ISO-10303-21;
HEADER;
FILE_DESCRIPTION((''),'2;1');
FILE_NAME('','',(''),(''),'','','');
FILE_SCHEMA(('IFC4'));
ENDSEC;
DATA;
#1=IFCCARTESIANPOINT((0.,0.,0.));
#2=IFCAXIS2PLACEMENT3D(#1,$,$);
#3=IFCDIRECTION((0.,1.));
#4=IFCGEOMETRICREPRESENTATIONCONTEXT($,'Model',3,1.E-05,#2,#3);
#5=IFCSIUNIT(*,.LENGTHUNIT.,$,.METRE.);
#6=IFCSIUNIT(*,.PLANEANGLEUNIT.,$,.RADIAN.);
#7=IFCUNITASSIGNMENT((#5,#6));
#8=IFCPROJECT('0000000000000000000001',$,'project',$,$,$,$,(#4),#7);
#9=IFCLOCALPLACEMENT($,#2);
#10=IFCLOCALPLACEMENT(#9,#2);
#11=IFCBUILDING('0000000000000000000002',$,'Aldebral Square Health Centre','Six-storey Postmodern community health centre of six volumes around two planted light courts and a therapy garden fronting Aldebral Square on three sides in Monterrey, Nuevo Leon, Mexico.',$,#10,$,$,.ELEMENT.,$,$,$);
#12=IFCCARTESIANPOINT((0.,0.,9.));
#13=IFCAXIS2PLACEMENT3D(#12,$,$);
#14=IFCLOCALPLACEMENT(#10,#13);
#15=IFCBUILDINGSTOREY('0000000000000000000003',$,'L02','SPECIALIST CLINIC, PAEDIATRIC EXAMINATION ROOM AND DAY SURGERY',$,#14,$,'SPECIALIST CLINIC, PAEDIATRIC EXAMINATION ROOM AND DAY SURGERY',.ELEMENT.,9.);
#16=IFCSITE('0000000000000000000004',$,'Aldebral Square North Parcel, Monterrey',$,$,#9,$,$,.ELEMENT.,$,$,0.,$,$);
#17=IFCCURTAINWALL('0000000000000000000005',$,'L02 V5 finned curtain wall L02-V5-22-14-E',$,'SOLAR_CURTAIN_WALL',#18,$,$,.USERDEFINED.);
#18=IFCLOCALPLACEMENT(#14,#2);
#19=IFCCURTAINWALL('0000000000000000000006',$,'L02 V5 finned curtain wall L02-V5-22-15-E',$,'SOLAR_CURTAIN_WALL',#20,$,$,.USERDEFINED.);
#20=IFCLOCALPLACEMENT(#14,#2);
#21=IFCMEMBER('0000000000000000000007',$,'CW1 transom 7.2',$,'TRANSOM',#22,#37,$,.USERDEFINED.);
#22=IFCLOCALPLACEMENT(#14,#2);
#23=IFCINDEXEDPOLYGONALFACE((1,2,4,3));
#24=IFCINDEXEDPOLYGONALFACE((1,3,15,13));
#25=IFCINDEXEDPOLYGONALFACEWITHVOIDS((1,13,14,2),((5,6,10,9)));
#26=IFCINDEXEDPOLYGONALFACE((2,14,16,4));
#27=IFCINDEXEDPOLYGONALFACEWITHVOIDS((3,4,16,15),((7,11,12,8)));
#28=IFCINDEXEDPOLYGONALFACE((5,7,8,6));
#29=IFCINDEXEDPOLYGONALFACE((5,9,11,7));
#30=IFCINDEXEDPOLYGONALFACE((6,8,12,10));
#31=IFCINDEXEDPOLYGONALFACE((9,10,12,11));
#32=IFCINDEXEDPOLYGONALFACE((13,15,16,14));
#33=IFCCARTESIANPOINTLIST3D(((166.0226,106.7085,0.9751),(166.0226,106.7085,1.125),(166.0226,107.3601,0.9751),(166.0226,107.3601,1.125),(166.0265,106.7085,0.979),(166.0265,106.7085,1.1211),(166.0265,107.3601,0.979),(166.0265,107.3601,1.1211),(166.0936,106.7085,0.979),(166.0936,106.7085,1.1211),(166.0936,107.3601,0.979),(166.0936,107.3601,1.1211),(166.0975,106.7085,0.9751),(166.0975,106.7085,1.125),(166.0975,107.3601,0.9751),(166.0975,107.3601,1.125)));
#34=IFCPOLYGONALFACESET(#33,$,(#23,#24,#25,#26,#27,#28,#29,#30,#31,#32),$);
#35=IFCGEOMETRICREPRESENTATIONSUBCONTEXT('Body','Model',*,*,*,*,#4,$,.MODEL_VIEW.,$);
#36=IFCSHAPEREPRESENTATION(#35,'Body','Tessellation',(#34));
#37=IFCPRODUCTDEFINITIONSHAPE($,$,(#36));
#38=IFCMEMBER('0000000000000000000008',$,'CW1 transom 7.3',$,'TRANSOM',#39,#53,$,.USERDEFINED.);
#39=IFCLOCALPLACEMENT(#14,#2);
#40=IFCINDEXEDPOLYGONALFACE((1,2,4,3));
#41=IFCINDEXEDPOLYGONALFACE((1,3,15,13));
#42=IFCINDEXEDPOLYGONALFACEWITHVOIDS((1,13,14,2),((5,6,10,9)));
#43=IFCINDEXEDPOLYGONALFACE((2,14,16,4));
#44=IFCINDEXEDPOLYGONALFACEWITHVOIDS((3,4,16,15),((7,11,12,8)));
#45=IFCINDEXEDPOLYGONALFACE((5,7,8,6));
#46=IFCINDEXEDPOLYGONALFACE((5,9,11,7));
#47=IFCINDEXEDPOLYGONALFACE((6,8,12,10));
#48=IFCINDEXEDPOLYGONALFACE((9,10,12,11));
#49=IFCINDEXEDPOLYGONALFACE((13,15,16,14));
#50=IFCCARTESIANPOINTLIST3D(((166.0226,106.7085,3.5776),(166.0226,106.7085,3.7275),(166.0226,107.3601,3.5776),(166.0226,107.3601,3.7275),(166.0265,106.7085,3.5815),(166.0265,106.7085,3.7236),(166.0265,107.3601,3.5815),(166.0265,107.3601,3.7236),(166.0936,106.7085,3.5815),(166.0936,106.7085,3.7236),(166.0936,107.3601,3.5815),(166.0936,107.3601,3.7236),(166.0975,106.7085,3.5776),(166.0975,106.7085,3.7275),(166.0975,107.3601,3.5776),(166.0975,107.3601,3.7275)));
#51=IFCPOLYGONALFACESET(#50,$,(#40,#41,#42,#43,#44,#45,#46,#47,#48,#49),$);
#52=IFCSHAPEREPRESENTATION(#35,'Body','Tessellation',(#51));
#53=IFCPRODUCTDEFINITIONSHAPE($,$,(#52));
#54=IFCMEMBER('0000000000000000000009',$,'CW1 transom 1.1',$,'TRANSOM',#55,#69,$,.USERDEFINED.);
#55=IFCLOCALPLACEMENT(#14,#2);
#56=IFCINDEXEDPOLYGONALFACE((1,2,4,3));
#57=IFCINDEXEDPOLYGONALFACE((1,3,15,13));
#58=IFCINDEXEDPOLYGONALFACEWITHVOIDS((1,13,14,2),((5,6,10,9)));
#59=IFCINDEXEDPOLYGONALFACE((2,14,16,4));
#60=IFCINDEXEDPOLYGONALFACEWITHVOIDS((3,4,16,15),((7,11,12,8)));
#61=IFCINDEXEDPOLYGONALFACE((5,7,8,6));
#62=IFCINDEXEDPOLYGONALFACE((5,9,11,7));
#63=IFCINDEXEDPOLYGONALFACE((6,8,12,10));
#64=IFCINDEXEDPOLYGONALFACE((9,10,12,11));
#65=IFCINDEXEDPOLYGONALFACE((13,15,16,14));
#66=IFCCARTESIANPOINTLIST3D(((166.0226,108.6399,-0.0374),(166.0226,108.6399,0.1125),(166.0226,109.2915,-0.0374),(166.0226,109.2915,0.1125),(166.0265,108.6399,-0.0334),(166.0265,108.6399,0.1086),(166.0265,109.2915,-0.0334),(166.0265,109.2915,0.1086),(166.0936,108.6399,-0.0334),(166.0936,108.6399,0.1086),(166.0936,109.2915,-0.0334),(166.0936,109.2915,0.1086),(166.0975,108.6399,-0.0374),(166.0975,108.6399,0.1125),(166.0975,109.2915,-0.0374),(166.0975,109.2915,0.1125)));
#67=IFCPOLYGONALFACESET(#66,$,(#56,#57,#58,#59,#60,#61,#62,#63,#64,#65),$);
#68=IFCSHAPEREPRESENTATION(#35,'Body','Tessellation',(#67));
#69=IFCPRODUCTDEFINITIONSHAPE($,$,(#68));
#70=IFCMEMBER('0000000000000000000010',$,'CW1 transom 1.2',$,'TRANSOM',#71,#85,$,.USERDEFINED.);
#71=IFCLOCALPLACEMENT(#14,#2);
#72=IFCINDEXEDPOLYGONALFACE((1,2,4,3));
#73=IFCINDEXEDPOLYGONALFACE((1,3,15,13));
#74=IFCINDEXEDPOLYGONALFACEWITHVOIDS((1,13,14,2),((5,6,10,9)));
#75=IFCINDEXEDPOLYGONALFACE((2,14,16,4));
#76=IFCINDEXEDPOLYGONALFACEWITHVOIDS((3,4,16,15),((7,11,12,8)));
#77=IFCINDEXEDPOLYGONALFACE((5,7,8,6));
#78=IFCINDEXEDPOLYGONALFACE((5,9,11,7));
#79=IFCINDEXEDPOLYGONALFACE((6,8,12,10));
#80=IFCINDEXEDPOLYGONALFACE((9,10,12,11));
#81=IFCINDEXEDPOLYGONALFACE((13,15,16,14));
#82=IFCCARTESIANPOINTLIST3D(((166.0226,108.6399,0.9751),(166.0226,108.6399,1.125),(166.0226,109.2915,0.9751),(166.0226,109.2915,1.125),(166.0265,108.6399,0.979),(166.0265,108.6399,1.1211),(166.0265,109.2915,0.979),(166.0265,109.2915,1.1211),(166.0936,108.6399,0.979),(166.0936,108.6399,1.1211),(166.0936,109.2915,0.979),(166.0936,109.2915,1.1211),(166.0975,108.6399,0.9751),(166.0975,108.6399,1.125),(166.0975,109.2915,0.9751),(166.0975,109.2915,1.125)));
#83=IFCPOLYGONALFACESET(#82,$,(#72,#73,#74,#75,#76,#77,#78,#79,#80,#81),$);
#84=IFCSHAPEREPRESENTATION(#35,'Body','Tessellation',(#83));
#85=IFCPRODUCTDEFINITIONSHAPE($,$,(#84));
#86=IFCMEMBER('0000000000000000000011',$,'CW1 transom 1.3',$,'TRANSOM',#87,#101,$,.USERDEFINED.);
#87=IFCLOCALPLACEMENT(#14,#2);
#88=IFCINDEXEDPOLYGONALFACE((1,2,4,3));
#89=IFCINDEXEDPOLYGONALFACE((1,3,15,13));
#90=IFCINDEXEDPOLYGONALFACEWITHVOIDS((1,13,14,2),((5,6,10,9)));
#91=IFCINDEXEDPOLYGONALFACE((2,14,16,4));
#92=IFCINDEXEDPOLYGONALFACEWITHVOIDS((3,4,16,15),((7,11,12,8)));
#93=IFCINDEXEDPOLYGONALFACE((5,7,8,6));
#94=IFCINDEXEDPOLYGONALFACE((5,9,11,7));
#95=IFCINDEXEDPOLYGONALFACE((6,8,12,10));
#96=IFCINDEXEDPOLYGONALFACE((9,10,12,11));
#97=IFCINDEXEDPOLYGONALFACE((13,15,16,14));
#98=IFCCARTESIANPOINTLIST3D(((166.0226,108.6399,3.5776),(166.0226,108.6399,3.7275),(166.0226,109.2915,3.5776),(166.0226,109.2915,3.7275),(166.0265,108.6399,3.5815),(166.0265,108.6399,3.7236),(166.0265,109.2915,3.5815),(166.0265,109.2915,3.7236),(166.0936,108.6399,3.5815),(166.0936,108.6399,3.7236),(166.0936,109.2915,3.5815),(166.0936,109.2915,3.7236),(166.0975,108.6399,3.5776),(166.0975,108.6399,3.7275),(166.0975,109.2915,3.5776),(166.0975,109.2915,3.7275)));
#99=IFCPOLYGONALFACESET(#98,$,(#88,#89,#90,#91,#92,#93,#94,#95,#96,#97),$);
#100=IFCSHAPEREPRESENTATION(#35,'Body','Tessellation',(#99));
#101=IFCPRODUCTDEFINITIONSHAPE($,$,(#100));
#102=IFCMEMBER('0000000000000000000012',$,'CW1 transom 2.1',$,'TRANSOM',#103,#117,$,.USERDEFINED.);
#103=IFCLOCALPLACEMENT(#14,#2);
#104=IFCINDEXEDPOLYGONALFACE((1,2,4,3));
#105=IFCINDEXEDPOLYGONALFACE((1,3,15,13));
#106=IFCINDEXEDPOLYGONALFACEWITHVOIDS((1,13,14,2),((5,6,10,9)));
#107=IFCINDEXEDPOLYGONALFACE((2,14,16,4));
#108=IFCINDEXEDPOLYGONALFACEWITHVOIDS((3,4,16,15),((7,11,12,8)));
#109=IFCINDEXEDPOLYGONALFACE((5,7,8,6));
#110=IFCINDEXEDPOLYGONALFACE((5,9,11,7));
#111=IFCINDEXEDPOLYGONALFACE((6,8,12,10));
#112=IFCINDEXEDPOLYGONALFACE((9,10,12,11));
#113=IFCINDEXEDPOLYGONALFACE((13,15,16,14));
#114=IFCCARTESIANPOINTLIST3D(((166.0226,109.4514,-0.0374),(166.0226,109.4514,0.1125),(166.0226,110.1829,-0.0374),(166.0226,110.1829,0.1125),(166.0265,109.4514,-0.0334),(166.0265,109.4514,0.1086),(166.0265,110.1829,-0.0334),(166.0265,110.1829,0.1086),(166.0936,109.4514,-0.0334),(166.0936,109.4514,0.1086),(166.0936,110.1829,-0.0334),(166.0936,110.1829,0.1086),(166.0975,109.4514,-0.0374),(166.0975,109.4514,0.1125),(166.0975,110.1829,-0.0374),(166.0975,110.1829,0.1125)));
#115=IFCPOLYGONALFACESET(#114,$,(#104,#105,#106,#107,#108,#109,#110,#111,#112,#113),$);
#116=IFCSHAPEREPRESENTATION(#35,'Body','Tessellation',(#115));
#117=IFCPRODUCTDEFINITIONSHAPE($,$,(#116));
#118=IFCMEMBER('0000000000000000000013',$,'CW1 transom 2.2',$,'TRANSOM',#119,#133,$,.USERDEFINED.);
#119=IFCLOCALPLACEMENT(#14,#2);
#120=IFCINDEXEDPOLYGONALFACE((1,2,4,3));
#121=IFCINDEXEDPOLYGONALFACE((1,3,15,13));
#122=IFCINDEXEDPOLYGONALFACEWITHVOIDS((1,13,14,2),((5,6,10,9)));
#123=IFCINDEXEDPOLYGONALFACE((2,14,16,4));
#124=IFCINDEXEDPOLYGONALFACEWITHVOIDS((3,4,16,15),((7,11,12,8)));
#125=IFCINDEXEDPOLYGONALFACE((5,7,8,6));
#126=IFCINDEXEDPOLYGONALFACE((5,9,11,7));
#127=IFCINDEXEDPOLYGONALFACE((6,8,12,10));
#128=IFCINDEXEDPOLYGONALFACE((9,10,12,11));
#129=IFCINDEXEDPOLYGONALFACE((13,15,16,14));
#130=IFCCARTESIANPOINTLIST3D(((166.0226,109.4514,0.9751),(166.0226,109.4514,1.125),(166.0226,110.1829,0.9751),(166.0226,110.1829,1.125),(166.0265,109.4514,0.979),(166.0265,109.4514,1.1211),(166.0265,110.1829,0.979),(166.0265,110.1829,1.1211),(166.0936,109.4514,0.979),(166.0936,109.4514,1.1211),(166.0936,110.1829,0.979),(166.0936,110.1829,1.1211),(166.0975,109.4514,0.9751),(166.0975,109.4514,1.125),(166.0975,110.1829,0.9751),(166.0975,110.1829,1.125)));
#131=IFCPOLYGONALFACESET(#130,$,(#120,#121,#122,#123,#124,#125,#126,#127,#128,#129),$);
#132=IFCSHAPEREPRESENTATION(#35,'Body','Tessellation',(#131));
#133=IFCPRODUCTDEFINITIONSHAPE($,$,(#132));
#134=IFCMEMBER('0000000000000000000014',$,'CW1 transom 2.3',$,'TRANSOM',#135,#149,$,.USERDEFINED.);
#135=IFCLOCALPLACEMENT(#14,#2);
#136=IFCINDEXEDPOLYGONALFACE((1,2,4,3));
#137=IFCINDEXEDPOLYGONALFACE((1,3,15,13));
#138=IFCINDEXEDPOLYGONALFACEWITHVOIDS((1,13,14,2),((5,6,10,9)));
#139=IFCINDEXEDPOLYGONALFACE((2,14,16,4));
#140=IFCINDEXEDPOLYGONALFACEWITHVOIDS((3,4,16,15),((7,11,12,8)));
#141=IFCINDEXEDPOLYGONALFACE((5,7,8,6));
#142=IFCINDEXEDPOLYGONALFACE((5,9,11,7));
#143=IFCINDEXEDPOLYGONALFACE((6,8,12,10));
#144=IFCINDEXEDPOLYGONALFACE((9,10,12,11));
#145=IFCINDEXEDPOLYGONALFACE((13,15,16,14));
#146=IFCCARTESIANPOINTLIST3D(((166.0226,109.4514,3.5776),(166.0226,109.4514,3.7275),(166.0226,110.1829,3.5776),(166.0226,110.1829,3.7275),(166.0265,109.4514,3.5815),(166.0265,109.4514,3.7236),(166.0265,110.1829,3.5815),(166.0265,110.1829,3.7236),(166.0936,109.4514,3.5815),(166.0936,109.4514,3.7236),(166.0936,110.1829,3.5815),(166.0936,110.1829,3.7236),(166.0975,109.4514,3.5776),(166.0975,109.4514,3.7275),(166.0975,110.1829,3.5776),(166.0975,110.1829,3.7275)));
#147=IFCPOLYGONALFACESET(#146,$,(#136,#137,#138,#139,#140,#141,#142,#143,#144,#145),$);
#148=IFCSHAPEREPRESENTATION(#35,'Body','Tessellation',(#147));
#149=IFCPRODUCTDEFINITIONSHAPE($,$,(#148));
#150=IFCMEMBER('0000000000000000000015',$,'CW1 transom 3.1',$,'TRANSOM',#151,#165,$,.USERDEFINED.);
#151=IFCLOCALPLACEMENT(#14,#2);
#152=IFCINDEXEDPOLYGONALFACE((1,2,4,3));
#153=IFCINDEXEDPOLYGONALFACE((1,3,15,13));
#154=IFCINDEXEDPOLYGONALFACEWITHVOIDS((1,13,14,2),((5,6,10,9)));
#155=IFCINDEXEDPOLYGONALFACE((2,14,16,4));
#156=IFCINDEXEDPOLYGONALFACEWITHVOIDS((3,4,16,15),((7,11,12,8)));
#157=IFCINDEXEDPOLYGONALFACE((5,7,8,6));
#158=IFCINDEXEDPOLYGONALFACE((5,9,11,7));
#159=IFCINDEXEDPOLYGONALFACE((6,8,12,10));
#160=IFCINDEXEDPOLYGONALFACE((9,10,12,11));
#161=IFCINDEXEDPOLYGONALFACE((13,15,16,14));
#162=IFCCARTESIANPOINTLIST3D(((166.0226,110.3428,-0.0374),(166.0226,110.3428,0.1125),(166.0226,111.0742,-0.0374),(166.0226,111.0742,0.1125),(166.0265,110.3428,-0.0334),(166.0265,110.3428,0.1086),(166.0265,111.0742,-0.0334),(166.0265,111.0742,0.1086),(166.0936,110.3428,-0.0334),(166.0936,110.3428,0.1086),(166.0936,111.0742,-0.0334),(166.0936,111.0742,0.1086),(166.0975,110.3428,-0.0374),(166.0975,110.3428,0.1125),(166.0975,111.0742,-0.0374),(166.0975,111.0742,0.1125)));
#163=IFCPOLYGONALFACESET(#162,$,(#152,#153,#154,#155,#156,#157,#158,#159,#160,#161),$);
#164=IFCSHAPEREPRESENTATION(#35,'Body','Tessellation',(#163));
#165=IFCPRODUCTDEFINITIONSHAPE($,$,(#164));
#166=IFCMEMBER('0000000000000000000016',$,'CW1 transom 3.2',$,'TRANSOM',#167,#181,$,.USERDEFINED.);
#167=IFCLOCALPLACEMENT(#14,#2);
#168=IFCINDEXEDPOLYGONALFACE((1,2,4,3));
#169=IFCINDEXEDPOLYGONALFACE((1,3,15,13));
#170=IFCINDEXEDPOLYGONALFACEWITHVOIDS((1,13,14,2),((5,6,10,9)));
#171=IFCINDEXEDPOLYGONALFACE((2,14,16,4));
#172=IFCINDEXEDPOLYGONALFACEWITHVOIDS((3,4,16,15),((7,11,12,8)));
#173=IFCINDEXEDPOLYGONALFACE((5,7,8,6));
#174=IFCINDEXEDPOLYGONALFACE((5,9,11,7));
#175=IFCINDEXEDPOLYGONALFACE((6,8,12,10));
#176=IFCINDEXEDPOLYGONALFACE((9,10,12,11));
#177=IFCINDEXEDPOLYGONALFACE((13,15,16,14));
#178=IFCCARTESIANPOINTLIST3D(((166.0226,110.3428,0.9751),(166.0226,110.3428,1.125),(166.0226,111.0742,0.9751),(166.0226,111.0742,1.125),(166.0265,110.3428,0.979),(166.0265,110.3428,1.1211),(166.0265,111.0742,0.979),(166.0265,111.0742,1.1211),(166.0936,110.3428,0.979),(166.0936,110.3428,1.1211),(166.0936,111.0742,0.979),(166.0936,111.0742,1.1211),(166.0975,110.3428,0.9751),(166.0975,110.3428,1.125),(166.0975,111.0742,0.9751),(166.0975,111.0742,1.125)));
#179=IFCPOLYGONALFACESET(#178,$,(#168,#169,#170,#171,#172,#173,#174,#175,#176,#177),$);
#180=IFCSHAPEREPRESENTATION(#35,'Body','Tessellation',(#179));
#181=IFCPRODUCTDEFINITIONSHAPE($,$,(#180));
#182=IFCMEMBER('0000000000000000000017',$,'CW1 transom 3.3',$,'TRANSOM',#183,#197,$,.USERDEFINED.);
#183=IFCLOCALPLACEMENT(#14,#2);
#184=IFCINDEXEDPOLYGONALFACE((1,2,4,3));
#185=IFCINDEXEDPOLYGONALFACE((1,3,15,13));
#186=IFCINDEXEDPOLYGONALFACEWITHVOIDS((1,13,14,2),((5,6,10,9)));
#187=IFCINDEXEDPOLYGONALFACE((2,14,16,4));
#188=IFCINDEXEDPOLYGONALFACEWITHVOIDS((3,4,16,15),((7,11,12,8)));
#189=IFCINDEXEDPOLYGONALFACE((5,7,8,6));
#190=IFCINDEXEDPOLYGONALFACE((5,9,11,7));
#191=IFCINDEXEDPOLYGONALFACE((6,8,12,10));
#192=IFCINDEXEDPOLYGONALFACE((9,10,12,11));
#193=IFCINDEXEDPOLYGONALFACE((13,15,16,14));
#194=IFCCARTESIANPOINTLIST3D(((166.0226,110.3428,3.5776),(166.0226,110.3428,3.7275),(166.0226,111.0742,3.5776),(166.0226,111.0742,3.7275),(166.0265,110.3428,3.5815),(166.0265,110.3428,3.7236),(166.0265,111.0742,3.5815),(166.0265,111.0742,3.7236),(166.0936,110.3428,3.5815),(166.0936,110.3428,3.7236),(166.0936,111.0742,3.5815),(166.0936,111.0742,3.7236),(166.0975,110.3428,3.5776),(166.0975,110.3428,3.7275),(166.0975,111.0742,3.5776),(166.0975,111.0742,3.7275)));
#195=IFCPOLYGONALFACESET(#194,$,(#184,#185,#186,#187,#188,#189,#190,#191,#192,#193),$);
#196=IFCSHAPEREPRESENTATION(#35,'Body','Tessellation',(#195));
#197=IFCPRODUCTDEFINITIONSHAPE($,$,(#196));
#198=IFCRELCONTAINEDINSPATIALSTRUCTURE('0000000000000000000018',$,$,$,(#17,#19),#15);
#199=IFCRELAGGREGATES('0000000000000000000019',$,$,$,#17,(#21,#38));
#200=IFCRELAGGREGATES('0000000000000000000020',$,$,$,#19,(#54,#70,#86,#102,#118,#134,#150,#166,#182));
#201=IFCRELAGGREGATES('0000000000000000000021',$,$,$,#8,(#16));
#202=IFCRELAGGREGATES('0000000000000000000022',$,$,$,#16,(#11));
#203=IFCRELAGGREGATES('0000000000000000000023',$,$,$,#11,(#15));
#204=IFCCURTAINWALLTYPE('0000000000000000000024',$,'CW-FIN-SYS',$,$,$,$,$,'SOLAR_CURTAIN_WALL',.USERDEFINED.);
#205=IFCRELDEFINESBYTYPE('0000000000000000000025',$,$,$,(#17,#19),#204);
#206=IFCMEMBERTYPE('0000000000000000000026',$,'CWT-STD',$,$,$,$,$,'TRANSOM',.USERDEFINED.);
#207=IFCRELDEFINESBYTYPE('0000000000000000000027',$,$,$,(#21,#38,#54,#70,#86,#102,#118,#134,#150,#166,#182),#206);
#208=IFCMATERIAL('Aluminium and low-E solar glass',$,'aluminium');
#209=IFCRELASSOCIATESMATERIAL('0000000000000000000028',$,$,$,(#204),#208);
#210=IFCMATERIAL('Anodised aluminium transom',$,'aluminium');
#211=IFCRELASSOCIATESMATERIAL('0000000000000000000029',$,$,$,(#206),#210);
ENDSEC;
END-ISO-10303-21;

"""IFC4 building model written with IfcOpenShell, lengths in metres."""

from ifc_helpers import new_model, si_unit, direction, frame, origin, origin_2d, place, context, subcontext, project, spatial, hollow_rectangle, extrude, material, material_profile, profile_set, type_object, element, aggregate, save


model = new_model("IFC4")

# Units and contexts
model_context = context("Model", 3, precision=1e-05, world=origin(), true_north=direction((0.0, 1.0)))
body_context = subcontext(model_context, "Body", "Model", "MODEL_VIEW")
ifc_project = project(units=[si_unit("LENGTHUNIT", "METRE"), si_unit("PLANEANGLEUNIT", "RADIAN")], contexts=[model_context])

# Site, building, storey
site_placement = place(None, origin())
site = spatial("IfcSite", under=ifc_project, at=site_placement, Name="Aldebral Square North Parcel, Monterrey", CompositionType="ELEMENT", RefElevation=0.0)
building_placement = place(site_placement, origin())
building = spatial("IfcBuilding", under=site, at=building_placement, Name="Aldebral Square Health Centre", Description="Six-storey Postmodern community health centre of six volumes around two planted light courts and a therapy garden fronting Aldebral Square on three sides in Monterrey, Nuevo Leon, Mexico.", CompositionType="ELEMENT")
storey_placement = place(building_placement, frame((0.0, 0.0, 9.0)))
storey = spatial("IfcBuildingStorey", under=building, at=storey_placement, Name="L02", Description="SPECIALIST CLINIC, PAEDIATRIC EXAMINATION ROOM AND DAY SURGERY", LongName="SPECIALIST CLINIC, PAEDIATRIC EXAMINATION ROOM AND DAY SURGERY", CompositionType="ELEMENT", Elevation=9.0)

# Curtain wall
ifc_material_1 = material(Name="Aluminium and low-E solar glass", Category="aluminium")
curtain_wall_type = type_object("IfcCurtainWallType", Name="CW-FIN-SYS", ElementType="SOLAR_CURTAIN_WALL", PredefinedType="USERDEFINED", material=ifc_material_1)
curtain_wall_1_placement = place(storey_placement, origin())
curtain_wall_1 = element("IfcCurtainWall", 1, at=curtain_wall_1_placement, inside=storey, type_object=curtain_wall_type, Name="L02 V5 finned curtain wall L02-V5-22-14-E", ObjectType="SOLAR_CURTAIN_WALL", PredefinedType="USERDEFINED")

# Curtain wall
curtain_wall_2_placement = place(storey_placement, origin())
curtain_wall_2 = element("IfcCurtainWall", 2, at=curtain_wall_2_placement, inside=storey, type_object=curtain_wall_type, Name="L02 V5 finned curtain wall L02-V5-22-15-E", ObjectType="SOLAR_CURTAIN_WALL", PredefinedType="USERDEFINED")

# Members
ifc_material_2 = material(Name="Anodised aluminium transom", Category="aluminium")
ifc_material_profile_1 = material_profile(ifc_material_2, hollow_rectangle(XDim=0.075, YDim=0.1499, WallThickness=0.0039, at=origin_2d()), Name="CWT 75x150x4")
ifc_profile_set_1 = profile_set([ifc_material_profile_1], Name="Anodised aluminium transom")
member_type_1 = type_object("IfcMemberType", Name="CWT-STD", ElementType="TRANSOM", PredefinedType="USERDEFINED", material=ifc_profile_set_1)
member_1_placement = place(storey_placement, frame((166.0601, 106.7085, 1.05), z_axis=(0.0, 1.0, 0.0), x_axis=(-1.0, 0.0, 0.0)))
member_1 = element("IfcMember", 3, at=member_1_placement, type_object=member_type_1, Name="CW1 transom 7.2", ObjectType="TRANSOM", PredefinedType="USERDEFINED", context=body_context, shape_type="SweptSolid", body=[
    extrude(hollow_rectangle(XDim=0.075, YDim=0.1499, WallThickness=0.0039, at=origin_2d()), origin(), (0.0, 0.0, 1.0), 0.6516),
])
member_2_placement = place(storey_placement, frame((166.0601, 106.7085, 3.6526), z_axis=(0.0, 1.0, 0.0), x_axis=(-1.0, 0.0, 0.0)))
member_2 = element("IfcMember", 4, at=member_2_placement, type_object=member_type_1, Name="CW1 transom 7.3", ObjectType="TRANSOM", PredefinedType="USERDEFINED", context=body_context, shape_type="SweptSolid", body=[
    extrude(hollow_rectangle(XDim=0.075, YDim=0.1499, WallThickness=0.0039, at=origin_2d()), origin(), (0.0, 0.0, 1.0), 0.6516),
])
member_3_placement = place(storey_placement, frame((166.0601, 108.6399, 0.0376), z_axis=(0.0, 1.0, 0.0), x_axis=(-1.0, 0.0, 0.0)))
member_3 = element("IfcMember", 5, at=member_3_placement, type_object=member_type_1, Name="CW1 transom 1.1", ObjectType="TRANSOM", PredefinedType="USERDEFINED", context=body_context, shape_type="SweptSolid", body=[
    extrude(hollow_rectangle(XDim=0.075, YDim=0.1499, WallThickness=0.0039, at=origin_2d()), origin(), (0.0, 0.0, 1.0), 0.6516),
])
member_4_placement = place(storey_placement, frame((166.0601, 108.6399, 1.05), z_axis=(0.0, 1.0, 0.0), x_axis=(-1.0, 0.0, 0.0)))
member_4 = element("IfcMember", 6, at=member_4_placement, type_object=member_type_1, Name="CW1 transom 1.2", ObjectType="TRANSOM", PredefinedType="USERDEFINED", context=body_context, shape_type="SweptSolid", body=[
    extrude(hollow_rectangle(XDim=0.075, YDim=0.1499, WallThickness=0.0039, at=origin_2d()), origin(), (0.0, 0.0, 1.0), 0.6516),
])
member_5_placement = place(storey_placement, frame((166.0601, 108.6399, 3.6526), z_axis=(0.0, 1.0, 0.0), x_axis=(-1.0, 0.0, 0.0)))
member_5 = element("IfcMember", 7, at=member_5_placement, type_object=member_type_1, Name="CW1 transom 1.3", ObjectType="TRANSOM", PredefinedType="USERDEFINED", context=body_context, shape_type="SweptSolid", body=[
    extrude(hollow_rectangle(XDim=0.075, YDim=0.1499, WallThickness=0.0039, at=origin_2d()), origin(), (0.0, 0.0, 1.0), 0.6516),
])
member_6_placement = place(storey_placement, frame((166.0601, 109.4514, 0.0376), z_axis=(0.0, 1.0, 0.0), x_axis=(-1.0, 0.0, 0.0)))
member_6 = element("IfcMember", 8, at=member_6_placement, type_object=member_type_1, Name="CW1 transom 2.1", ObjectType="TRANSOM", PredefinedType="USERDEFINED", context=body_context, shape_type="SweptSolid", body=[
    extrude(hollow_rectangle(XDim=0.075, YDim=0.1499, WallThickness=0.0039, at=origin_2d()), origin(), (0.0, 0.0, 1.0), 0.7314),
])
member_7_placement = place(storey_placement, frame((166.0601, 109.4514, 1.05), z_axis=(0.0, 1.0, 0.0), x_axis=(-1.0, 0.0, 0.0)))
member_7 = element("IfcMember", 9, at=member_7_placement, type_object=member_type_1, Name="CW1 transom 2.2", ObjectType="TRANSOM", PredefinedType="USERDEFINED", context=body_context, shape_type="SweptSolid", body=[
    extrude(hollow_rectangle(XDim=0.075, YDim=0.1499, WallThickness=0.0039, at=origin_2d()), origin(), (0.0, 0.0, 1.0), 0.7314),
])
member_8_placement = place(storey_placement, frame((166.0601, 109.4514, 3.6526), z_axis=(0.0, 1.0, 0.0), x_axis=(-1.0, 0.0, 0.0)))
member_8 = element("IfcMember", 10, at=member_8_placement, type_object=member_type_1, Name="CW1 transom 2.3", ObjectType="TRANSOM", PredefinedType="USERDEFINED", context=body_context, shape_type="SweptSolid", body=[
    extrude(hollow_rectangle(XDim=0.075, YDim=0.1499, WallThickness=0.0039, at=origin_2d()), origin(), (0.0, 0.0, 1.0), 0.7314),
])
member_9_placement = place(storey_placement, frame((166.0601, 110.3428, 0.0376), z_axis=(0.0, 1.0, 0.0), x_axis=(-1.0, 0.0, 0.0)))
member_9 = element("IfcMember", 11, at=member_9_placement, type_object=member_type_1, Name="CW1 transom 3.1", ObjectType="TRANSOM", PredefinedType="USERDEFINED", context=body_context, shape_type="SweptSolid", body=[
    extrude(hollow_rectangle(XDim=0.075, YDim=0.1499, WallThickness=0.0039, at=origin_2d()), origin(), (0.0, 0.0, 1.0), 0.7314),
])
member_10_placement = place(storey_placement, frame((166.0601, 110.3428, 1.05), z_axis=(0.0, 1.0, 0.0), x_axis=(-1.0, 0.0, 0.0)))
member_10 = element("IfcMember", 12, at=member_10_placement, type_object=member_type_1, Name="CW1 transom 3.2", ObjectType="TRANSOM", PredefinedType="USERDEFINED", context=body_context, shape_type="SweptSolid", body=[
    extrude(hollow_rectangle(XDim=0.075, YDim=0.1499, WallThickness=0.0039, at=origin_2d()), origin(), (0.0, 0.0, 1.0), 0.7314),
])
member_11_placement = place(storey_placement, frame((166.0601, 110.3428, 3.6526), z_axis=(0.0, 1.0, 0.0), x_axis=(-1.0, 0.0, 0.0)))
member_11 = element("IfcMember", 13, at=member_11_placement, type_object=member_type_1, Name="CW1 transom 3.3", ObjectType="TRANSOM", PredefinedType="USERDEFINED", context=body_context, shape_type="SweptSolid", body=[
    extrude(hollow_rectangle(XDim=0.075, YDim=0.1499, WallThickness=0.0039, at=origin_2d()), origin(), (0.0, 0.0, 1.0), 0.7314),
])

aggregate(curtain_wall_1, [member_1, member_2])
aggregate(curtain_wall_2, [member_3, member_4, member_5, member_6, member_7, member_8, member_9, member_10, member_11])

save(model, "model.ifc")
